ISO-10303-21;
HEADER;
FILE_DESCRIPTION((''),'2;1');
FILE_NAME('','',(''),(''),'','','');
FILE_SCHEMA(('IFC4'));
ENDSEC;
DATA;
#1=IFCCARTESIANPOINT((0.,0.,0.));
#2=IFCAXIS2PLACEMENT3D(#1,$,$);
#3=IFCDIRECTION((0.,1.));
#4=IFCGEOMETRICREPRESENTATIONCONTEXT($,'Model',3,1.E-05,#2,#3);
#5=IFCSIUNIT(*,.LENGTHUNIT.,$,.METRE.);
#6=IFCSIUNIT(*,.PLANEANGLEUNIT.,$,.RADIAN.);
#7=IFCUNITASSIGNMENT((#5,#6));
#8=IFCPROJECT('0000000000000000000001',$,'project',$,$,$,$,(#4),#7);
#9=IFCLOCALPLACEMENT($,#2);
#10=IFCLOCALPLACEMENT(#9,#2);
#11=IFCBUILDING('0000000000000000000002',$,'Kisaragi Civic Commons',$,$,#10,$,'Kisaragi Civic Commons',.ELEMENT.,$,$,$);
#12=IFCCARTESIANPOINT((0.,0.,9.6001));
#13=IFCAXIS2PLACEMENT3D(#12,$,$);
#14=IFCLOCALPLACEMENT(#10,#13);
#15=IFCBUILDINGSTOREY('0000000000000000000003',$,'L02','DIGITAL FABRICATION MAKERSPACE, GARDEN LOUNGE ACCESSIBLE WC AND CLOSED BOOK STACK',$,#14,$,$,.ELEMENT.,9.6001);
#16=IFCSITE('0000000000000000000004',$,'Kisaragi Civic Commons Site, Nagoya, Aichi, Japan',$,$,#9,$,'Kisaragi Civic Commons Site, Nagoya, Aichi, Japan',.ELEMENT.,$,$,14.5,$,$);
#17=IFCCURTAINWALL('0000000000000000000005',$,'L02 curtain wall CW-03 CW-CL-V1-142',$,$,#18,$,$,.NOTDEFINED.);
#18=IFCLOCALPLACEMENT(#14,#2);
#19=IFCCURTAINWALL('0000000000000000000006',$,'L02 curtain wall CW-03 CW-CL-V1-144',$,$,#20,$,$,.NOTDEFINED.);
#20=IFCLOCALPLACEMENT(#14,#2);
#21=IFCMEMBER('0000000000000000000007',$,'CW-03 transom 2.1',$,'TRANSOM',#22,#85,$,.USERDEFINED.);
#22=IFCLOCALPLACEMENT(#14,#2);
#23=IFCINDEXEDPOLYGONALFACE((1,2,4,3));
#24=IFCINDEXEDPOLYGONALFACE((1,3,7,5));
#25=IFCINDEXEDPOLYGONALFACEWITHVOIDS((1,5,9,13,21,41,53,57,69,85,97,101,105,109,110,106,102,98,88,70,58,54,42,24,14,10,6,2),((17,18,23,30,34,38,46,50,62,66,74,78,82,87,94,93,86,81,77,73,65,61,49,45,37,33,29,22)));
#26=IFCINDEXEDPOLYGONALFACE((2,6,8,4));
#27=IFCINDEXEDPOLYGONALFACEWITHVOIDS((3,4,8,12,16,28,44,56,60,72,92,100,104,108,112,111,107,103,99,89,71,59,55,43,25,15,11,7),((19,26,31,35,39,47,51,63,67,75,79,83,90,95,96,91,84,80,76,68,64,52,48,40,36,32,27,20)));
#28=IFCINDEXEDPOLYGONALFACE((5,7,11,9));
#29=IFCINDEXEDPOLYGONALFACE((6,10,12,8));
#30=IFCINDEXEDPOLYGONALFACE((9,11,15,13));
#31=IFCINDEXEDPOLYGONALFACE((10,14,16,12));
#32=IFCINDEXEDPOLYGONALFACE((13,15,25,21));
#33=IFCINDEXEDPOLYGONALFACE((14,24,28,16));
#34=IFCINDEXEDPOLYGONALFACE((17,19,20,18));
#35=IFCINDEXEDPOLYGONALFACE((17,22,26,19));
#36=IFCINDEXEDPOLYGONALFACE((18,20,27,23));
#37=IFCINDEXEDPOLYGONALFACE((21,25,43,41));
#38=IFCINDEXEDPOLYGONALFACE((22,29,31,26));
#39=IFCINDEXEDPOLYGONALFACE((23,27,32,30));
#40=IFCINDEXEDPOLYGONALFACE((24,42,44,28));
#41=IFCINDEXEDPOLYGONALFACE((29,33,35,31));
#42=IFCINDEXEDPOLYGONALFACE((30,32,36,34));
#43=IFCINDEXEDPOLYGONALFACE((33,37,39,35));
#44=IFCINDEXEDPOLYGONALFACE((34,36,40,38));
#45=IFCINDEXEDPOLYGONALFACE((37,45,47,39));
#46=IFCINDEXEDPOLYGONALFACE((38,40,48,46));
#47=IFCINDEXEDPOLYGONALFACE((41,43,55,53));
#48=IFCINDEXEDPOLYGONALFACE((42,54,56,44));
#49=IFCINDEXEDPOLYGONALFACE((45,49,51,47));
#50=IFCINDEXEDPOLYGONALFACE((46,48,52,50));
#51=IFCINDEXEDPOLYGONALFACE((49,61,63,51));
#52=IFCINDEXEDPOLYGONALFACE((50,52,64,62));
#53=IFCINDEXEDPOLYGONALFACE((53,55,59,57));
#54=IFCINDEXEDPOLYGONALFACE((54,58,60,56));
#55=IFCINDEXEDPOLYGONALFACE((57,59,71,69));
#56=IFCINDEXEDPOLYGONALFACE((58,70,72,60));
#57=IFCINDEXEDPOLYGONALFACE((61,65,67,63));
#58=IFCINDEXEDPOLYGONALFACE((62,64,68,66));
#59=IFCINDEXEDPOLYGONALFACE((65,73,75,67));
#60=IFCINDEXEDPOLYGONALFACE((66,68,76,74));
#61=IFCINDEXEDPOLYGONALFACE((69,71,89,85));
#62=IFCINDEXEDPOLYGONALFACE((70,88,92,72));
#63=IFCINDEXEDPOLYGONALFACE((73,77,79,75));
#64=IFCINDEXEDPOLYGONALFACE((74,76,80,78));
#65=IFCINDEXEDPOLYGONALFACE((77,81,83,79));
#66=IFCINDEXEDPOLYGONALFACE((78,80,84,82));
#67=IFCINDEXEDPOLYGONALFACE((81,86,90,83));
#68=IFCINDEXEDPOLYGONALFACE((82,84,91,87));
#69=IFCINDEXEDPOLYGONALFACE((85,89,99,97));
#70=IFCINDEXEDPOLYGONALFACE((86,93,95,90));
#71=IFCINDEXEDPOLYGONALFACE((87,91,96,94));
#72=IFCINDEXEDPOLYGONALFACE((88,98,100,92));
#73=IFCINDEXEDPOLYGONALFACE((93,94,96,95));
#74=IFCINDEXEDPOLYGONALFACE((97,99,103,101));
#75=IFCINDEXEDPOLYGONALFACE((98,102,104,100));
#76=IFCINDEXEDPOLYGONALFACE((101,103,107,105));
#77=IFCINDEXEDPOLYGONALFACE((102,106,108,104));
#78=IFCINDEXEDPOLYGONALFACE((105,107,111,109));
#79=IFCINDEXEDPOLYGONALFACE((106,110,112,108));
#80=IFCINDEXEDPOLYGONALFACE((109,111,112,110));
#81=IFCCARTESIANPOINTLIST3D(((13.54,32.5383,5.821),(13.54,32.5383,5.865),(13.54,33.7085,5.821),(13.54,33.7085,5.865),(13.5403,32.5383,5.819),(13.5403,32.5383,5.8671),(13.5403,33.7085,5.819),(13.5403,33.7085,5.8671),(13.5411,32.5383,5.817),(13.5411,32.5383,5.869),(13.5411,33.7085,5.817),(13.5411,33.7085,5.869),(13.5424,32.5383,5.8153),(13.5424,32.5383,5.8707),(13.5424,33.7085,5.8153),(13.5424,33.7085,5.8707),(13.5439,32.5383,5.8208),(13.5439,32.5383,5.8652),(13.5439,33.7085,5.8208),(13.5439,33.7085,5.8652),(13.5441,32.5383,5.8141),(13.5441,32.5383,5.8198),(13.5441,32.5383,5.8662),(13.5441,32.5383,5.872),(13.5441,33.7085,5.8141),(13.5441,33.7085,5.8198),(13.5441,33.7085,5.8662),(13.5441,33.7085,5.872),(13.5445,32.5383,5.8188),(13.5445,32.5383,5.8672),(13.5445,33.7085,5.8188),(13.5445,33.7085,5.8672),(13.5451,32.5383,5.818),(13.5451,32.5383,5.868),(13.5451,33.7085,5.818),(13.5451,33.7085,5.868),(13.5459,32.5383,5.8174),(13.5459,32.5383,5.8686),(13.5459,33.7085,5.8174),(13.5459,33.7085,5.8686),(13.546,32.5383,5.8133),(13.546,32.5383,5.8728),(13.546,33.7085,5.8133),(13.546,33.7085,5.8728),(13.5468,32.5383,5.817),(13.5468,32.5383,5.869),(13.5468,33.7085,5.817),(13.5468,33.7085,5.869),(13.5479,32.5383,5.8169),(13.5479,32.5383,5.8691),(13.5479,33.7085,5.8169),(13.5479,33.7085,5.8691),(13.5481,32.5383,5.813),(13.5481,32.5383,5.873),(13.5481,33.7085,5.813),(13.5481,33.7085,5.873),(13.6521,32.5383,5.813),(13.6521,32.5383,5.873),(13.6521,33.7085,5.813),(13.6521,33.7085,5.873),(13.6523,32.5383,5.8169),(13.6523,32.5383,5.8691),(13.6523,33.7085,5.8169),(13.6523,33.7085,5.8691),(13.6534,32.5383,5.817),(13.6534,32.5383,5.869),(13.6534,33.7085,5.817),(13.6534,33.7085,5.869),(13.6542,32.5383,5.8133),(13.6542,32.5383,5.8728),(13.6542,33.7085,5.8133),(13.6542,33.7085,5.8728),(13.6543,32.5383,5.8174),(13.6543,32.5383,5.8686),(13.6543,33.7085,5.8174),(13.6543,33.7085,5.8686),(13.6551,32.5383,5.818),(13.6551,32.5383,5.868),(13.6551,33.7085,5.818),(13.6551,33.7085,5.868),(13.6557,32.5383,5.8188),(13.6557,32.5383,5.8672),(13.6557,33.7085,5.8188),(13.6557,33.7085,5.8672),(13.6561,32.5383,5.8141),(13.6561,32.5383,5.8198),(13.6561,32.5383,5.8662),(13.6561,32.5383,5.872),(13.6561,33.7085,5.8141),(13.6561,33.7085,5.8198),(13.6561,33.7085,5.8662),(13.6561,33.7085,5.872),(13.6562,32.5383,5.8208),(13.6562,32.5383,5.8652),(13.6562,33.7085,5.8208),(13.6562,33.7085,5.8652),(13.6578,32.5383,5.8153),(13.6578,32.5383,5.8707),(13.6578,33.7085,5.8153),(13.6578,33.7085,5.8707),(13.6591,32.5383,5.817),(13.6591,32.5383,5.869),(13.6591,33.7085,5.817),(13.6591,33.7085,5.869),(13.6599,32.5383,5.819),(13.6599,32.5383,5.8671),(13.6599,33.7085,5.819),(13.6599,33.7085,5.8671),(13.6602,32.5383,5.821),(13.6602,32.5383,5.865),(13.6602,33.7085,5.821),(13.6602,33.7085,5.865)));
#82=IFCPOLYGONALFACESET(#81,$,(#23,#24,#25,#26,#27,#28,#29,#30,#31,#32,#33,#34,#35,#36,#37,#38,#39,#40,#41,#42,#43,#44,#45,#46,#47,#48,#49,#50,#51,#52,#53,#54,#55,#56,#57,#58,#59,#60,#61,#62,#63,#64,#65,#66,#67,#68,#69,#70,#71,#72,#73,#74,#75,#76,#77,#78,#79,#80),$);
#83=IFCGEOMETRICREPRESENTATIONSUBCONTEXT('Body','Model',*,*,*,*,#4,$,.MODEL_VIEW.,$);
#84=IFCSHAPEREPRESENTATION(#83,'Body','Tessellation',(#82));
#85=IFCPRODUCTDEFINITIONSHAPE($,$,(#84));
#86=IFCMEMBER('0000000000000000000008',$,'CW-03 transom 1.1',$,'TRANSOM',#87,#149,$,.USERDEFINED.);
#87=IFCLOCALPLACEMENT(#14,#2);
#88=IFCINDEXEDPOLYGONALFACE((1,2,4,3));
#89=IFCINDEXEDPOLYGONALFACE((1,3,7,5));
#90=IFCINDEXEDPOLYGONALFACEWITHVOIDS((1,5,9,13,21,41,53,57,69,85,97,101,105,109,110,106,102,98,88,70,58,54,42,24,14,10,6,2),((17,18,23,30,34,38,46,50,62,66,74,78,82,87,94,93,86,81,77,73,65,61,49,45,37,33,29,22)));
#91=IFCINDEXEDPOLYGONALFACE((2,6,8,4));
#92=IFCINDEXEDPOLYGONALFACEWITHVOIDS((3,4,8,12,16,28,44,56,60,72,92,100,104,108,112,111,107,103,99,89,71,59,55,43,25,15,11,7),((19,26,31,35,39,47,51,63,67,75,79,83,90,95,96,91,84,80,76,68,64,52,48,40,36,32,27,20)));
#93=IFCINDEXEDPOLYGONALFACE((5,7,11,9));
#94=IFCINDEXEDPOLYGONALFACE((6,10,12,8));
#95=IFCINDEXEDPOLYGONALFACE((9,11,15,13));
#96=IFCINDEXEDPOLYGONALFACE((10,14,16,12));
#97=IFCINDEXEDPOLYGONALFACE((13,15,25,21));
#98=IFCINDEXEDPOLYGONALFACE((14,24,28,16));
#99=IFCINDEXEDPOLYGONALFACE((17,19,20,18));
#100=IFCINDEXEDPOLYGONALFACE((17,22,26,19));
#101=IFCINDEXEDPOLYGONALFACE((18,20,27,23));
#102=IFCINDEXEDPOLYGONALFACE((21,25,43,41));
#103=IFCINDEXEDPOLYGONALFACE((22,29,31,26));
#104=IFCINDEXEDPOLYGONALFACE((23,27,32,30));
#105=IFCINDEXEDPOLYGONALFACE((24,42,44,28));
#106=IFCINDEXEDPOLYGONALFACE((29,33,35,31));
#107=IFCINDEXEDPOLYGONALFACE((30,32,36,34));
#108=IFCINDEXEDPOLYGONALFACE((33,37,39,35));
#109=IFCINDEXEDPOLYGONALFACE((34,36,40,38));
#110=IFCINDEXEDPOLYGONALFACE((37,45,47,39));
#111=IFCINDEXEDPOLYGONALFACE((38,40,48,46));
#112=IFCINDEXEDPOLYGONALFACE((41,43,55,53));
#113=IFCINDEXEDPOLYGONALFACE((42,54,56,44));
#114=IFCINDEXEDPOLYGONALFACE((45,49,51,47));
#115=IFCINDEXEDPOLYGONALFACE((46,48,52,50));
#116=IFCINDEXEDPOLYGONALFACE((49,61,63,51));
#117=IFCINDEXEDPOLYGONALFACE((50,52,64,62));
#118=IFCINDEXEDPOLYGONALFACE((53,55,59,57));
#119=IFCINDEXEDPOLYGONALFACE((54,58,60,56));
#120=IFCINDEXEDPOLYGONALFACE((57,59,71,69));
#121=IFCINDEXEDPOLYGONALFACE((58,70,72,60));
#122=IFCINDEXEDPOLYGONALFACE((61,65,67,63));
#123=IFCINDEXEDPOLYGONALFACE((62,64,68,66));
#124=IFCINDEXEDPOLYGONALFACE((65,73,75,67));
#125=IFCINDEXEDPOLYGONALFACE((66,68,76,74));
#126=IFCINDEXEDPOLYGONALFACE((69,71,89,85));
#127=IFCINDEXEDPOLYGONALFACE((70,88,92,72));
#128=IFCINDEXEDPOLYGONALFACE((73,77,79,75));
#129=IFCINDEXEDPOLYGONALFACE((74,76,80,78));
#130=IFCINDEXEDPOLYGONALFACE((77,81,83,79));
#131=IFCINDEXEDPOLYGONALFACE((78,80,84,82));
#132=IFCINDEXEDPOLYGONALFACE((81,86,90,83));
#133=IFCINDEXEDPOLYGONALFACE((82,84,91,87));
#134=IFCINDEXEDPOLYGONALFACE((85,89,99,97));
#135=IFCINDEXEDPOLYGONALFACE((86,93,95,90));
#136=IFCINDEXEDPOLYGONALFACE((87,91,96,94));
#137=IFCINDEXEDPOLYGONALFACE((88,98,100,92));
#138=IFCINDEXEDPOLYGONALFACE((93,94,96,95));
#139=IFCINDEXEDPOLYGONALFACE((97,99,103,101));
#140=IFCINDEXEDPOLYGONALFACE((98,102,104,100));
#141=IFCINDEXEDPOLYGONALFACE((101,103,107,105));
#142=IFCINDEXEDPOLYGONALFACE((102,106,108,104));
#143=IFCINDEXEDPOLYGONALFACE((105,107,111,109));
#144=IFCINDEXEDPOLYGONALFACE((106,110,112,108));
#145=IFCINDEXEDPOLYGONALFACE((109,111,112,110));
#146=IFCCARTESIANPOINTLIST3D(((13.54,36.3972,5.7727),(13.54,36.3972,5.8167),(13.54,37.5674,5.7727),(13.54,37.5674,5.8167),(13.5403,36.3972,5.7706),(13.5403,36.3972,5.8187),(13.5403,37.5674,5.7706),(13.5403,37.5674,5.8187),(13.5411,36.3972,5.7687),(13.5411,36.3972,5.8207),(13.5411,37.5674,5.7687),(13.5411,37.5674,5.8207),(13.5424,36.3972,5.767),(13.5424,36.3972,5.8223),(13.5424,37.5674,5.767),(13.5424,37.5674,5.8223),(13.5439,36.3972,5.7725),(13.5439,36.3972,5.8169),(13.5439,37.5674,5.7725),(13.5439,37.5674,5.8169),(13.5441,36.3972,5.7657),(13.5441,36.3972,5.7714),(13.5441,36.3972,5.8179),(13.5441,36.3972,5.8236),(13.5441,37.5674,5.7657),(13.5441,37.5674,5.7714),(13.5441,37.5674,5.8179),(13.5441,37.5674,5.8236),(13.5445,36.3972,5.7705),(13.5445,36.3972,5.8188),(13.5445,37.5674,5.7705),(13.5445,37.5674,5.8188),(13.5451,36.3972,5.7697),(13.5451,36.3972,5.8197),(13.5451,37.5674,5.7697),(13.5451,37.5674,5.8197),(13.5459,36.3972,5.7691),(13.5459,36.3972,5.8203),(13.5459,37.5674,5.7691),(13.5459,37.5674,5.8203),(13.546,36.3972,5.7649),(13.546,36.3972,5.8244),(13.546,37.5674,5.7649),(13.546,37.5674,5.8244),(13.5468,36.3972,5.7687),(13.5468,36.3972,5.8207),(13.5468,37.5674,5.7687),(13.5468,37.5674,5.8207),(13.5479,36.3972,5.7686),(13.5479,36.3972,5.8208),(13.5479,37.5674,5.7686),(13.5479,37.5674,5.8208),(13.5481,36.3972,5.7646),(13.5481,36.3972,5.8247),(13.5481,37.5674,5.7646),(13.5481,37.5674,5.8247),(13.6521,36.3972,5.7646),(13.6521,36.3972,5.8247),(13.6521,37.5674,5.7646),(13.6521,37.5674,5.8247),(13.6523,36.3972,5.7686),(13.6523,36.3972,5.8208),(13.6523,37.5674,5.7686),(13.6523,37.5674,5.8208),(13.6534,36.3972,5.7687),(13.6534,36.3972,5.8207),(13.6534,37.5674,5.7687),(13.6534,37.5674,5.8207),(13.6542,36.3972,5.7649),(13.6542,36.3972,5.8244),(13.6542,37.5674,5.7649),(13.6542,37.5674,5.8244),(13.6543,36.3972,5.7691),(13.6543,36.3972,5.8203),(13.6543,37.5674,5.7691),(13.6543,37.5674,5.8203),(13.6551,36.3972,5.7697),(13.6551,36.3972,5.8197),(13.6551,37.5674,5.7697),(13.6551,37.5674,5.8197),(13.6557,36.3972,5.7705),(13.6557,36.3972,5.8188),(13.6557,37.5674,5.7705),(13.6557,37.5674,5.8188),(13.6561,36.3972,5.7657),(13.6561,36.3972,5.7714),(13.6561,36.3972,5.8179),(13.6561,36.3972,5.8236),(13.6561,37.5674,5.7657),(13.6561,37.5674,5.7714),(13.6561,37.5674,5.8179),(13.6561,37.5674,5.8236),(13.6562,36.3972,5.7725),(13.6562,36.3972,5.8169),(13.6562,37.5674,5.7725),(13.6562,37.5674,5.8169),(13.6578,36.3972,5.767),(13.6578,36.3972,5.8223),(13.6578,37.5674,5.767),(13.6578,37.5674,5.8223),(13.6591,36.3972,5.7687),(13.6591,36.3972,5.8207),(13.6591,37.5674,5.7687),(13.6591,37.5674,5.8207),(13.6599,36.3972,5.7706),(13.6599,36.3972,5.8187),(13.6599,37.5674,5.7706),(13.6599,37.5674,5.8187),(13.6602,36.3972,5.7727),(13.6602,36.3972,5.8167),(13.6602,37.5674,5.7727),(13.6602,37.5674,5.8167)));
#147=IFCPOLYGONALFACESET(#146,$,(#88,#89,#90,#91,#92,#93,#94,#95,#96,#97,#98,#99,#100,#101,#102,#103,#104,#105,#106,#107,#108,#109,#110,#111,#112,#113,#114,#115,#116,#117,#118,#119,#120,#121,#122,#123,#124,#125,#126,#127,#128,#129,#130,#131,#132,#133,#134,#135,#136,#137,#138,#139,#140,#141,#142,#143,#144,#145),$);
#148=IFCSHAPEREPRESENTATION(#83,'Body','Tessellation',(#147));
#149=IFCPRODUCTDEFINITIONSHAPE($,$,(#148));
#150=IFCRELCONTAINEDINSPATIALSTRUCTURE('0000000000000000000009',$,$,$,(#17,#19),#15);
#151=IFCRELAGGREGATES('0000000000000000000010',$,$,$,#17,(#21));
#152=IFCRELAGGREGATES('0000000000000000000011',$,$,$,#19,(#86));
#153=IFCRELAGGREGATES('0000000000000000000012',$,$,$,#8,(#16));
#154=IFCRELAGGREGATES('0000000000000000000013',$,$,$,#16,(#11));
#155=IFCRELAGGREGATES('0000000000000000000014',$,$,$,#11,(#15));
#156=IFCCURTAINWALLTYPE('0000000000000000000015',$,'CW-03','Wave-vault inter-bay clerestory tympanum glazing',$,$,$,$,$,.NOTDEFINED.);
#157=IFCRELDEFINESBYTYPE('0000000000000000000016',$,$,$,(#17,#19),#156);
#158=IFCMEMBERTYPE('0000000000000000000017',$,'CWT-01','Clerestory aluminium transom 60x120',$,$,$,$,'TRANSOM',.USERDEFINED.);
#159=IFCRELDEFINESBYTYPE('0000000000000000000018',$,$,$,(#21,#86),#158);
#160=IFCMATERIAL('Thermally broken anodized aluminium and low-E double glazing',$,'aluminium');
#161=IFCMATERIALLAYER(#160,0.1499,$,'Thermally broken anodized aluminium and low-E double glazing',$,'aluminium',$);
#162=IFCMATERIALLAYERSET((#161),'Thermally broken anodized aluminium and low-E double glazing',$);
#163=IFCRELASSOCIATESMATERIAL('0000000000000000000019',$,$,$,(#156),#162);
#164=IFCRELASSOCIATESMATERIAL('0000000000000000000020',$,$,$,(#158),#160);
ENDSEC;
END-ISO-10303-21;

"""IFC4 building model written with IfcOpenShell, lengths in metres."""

from ifc_helpers import new_model, si_unit, direction, frame, origin, origin_2d, place, context, subcontext, project, spatial, hollow_rectangle, extrude, material, layer, layer_set, material_profile, profile_set, type_object, element, aggregate, save


model = new_model("IFC4")

# Units and contexts
model_context = context("Model", 3, precision=1e-05, world=origin(), true_north=direction((0.0, 1.0)))
body_context = subcontext(model_context, "Body", "Model", "MODEL_VIEW")
ifc_project = project(units=[si_unit("LENGTHUNIT", "METRE"), si_unit("PLANEANGLEUNIT", "RADIAN")], contexts=[model_context])

# Site, building, storey
site_placement = place(None, origin())
site = spatial("IfcSite", under=ifc_project, at=site_placement, Name="Kisaragi Civic Commons Site, Nagoya, Aichi, Japan", LongName="Kisaragi Civic Commons Site, Nagoya, Aichi, Japan", CompositionType="ELEMENT", RefElevation=14.5)
building_placement = place(site_placement, origin())
building = spatial("IfcBuilding", under=site, at=building_placement, Name="Kisaragi Civic Commons", LongName="Kisaragi Civic Commons", CompositionType="ELEMENT")
storey_placement = place(building_placement, frame((0.0, 0.0, 9.6001)))
storey = spatial("IfcBuildingStorey", under=building, at=storey_placement, Name="L02", Description="DIGITAL FABRICATION MAKERSPACE, GARDEN LOUNGE ACCESSIBLE WC AND CLOSED BOOK STACK", CompositionType="ELEMENT", Elevation=9.6001)

# Shared definitions
ifc_material_1 = material(Name="Thermally broken anodized aluminium and low-E double glazing", Category="aluminium")
ifc_layer_1 = layer(ifc_material_1, 0.1499, Name="Thermally broken anodized aluminium and low-E double glazing", Category="aluminium")
ifc_layer_set_1 = layer_set([ifc_layer_1], Name="Thermally broken anodized aluminium and low-E double glazing")
curtain_wall_type = type_object("IfcCurtainWallType", Name="CW-03", Description="Wave-vault inter-bay clerestory tympanum glazing", PredefinedType="NOTDEFINED", material=ifc_layer_set_1)

# Curtain walls
curtain_wall_1_placement = place(storey_placement, origin())
curtain_wall_1 = element("IfcCurtainWall", 1, at=curtain_wall_1_placement, inside=storey, type_object=curtain_wall_type, Name="L02 curtain wall CW-03 CW-CL-V1-142", PredefinedType="NOTDEFINED")
curtain_wall_2_placement = place(storey_placement, origin())
curtain_wall_2 = element("IfcCurtainWall", 2, at=curtain_wall_2_placement, inside=storey, type_object=curtain_wall_type, Name="L02 curtain wall CW-03 CW-CL-V1-144", PredefinedType="NOTDEFINED")

# Members
ifc_material_profile_1 = material_profile(ifc_material_1, hollow_rectangle(XDim=0.1201, YDim=0.0601, WallThickness=0.0039, InnerFilletRadius=0.0039, OuterFilletRadius=0.0081, at=origin_2d()), Name="CWT-60x120x4", Category="aluminium")
ifc_profile_set_1 = profile_set([ifc_material_profile_1], Name="Thermally broken anodized aluminium and low-E double glazing")
member_type_1 = type_object("IfcMemberType", Name="CWT-01", Description="Clerestory aluminium transom 60x120", ElementType="TRANSOM", PredefinedType="USERDEFINED", material=ifc_profile_set_1)
member_1_placement = place(storey_placement, frame((13.6001, 32.5383, 5.843), z_axis=(0.0, 1.0, 0.0), x_axis=(-1.0, 0.0, 0.0)))
member_1 = element("IfcMember", 3, at=member_1_placement, type_object=member_type_1, Name="CW-03 transom 2.1", ObjectType="TRANSOM", PredefinedType="USERDEFINED", context=body_context, shape_type="SweptSolid", body=[
    extrude(hollow_rectangle(XDim=0.1201, YDim=0.0601, WallThickness=0.0039, InnerFilletRadius=0.0039, OuterFilletRadius=0.0081, at=origin_2d()), origin(), (0.0, 0.0, 1.0), 1.1702),
])
aggregate(curtain_wall_1, [member_1])
member_2_placement = place(storey_placement, frame((13.6001, 36.3972, 5.7947), z_axis=(0.0, 1.0, 0.0), x_axis=(-1.0, 0.0, 0.0)))
member_2 = element("IfcMember", 4, at=member_2_placement, type_object=member_type_1, Name="CW-03 transom 1.1", ObjectType="TRANSOM", PredefinedType="USERDEFINED", context=body_context, shape_type="SweptSolid", body=[
    extrude(hollow_rectangle(XDim=0.1201, YDim=0.0601, WallThickness=0.0039, InnerFilletRadius=0.0039, OuterFilletRadius=0.0081, at=origin_2d()), origin(), (0.0, 0.0, 1.0), 1.1702),
])
aggregate(curtain_wall_2, [member_2])

save(model, "model.ifc")
